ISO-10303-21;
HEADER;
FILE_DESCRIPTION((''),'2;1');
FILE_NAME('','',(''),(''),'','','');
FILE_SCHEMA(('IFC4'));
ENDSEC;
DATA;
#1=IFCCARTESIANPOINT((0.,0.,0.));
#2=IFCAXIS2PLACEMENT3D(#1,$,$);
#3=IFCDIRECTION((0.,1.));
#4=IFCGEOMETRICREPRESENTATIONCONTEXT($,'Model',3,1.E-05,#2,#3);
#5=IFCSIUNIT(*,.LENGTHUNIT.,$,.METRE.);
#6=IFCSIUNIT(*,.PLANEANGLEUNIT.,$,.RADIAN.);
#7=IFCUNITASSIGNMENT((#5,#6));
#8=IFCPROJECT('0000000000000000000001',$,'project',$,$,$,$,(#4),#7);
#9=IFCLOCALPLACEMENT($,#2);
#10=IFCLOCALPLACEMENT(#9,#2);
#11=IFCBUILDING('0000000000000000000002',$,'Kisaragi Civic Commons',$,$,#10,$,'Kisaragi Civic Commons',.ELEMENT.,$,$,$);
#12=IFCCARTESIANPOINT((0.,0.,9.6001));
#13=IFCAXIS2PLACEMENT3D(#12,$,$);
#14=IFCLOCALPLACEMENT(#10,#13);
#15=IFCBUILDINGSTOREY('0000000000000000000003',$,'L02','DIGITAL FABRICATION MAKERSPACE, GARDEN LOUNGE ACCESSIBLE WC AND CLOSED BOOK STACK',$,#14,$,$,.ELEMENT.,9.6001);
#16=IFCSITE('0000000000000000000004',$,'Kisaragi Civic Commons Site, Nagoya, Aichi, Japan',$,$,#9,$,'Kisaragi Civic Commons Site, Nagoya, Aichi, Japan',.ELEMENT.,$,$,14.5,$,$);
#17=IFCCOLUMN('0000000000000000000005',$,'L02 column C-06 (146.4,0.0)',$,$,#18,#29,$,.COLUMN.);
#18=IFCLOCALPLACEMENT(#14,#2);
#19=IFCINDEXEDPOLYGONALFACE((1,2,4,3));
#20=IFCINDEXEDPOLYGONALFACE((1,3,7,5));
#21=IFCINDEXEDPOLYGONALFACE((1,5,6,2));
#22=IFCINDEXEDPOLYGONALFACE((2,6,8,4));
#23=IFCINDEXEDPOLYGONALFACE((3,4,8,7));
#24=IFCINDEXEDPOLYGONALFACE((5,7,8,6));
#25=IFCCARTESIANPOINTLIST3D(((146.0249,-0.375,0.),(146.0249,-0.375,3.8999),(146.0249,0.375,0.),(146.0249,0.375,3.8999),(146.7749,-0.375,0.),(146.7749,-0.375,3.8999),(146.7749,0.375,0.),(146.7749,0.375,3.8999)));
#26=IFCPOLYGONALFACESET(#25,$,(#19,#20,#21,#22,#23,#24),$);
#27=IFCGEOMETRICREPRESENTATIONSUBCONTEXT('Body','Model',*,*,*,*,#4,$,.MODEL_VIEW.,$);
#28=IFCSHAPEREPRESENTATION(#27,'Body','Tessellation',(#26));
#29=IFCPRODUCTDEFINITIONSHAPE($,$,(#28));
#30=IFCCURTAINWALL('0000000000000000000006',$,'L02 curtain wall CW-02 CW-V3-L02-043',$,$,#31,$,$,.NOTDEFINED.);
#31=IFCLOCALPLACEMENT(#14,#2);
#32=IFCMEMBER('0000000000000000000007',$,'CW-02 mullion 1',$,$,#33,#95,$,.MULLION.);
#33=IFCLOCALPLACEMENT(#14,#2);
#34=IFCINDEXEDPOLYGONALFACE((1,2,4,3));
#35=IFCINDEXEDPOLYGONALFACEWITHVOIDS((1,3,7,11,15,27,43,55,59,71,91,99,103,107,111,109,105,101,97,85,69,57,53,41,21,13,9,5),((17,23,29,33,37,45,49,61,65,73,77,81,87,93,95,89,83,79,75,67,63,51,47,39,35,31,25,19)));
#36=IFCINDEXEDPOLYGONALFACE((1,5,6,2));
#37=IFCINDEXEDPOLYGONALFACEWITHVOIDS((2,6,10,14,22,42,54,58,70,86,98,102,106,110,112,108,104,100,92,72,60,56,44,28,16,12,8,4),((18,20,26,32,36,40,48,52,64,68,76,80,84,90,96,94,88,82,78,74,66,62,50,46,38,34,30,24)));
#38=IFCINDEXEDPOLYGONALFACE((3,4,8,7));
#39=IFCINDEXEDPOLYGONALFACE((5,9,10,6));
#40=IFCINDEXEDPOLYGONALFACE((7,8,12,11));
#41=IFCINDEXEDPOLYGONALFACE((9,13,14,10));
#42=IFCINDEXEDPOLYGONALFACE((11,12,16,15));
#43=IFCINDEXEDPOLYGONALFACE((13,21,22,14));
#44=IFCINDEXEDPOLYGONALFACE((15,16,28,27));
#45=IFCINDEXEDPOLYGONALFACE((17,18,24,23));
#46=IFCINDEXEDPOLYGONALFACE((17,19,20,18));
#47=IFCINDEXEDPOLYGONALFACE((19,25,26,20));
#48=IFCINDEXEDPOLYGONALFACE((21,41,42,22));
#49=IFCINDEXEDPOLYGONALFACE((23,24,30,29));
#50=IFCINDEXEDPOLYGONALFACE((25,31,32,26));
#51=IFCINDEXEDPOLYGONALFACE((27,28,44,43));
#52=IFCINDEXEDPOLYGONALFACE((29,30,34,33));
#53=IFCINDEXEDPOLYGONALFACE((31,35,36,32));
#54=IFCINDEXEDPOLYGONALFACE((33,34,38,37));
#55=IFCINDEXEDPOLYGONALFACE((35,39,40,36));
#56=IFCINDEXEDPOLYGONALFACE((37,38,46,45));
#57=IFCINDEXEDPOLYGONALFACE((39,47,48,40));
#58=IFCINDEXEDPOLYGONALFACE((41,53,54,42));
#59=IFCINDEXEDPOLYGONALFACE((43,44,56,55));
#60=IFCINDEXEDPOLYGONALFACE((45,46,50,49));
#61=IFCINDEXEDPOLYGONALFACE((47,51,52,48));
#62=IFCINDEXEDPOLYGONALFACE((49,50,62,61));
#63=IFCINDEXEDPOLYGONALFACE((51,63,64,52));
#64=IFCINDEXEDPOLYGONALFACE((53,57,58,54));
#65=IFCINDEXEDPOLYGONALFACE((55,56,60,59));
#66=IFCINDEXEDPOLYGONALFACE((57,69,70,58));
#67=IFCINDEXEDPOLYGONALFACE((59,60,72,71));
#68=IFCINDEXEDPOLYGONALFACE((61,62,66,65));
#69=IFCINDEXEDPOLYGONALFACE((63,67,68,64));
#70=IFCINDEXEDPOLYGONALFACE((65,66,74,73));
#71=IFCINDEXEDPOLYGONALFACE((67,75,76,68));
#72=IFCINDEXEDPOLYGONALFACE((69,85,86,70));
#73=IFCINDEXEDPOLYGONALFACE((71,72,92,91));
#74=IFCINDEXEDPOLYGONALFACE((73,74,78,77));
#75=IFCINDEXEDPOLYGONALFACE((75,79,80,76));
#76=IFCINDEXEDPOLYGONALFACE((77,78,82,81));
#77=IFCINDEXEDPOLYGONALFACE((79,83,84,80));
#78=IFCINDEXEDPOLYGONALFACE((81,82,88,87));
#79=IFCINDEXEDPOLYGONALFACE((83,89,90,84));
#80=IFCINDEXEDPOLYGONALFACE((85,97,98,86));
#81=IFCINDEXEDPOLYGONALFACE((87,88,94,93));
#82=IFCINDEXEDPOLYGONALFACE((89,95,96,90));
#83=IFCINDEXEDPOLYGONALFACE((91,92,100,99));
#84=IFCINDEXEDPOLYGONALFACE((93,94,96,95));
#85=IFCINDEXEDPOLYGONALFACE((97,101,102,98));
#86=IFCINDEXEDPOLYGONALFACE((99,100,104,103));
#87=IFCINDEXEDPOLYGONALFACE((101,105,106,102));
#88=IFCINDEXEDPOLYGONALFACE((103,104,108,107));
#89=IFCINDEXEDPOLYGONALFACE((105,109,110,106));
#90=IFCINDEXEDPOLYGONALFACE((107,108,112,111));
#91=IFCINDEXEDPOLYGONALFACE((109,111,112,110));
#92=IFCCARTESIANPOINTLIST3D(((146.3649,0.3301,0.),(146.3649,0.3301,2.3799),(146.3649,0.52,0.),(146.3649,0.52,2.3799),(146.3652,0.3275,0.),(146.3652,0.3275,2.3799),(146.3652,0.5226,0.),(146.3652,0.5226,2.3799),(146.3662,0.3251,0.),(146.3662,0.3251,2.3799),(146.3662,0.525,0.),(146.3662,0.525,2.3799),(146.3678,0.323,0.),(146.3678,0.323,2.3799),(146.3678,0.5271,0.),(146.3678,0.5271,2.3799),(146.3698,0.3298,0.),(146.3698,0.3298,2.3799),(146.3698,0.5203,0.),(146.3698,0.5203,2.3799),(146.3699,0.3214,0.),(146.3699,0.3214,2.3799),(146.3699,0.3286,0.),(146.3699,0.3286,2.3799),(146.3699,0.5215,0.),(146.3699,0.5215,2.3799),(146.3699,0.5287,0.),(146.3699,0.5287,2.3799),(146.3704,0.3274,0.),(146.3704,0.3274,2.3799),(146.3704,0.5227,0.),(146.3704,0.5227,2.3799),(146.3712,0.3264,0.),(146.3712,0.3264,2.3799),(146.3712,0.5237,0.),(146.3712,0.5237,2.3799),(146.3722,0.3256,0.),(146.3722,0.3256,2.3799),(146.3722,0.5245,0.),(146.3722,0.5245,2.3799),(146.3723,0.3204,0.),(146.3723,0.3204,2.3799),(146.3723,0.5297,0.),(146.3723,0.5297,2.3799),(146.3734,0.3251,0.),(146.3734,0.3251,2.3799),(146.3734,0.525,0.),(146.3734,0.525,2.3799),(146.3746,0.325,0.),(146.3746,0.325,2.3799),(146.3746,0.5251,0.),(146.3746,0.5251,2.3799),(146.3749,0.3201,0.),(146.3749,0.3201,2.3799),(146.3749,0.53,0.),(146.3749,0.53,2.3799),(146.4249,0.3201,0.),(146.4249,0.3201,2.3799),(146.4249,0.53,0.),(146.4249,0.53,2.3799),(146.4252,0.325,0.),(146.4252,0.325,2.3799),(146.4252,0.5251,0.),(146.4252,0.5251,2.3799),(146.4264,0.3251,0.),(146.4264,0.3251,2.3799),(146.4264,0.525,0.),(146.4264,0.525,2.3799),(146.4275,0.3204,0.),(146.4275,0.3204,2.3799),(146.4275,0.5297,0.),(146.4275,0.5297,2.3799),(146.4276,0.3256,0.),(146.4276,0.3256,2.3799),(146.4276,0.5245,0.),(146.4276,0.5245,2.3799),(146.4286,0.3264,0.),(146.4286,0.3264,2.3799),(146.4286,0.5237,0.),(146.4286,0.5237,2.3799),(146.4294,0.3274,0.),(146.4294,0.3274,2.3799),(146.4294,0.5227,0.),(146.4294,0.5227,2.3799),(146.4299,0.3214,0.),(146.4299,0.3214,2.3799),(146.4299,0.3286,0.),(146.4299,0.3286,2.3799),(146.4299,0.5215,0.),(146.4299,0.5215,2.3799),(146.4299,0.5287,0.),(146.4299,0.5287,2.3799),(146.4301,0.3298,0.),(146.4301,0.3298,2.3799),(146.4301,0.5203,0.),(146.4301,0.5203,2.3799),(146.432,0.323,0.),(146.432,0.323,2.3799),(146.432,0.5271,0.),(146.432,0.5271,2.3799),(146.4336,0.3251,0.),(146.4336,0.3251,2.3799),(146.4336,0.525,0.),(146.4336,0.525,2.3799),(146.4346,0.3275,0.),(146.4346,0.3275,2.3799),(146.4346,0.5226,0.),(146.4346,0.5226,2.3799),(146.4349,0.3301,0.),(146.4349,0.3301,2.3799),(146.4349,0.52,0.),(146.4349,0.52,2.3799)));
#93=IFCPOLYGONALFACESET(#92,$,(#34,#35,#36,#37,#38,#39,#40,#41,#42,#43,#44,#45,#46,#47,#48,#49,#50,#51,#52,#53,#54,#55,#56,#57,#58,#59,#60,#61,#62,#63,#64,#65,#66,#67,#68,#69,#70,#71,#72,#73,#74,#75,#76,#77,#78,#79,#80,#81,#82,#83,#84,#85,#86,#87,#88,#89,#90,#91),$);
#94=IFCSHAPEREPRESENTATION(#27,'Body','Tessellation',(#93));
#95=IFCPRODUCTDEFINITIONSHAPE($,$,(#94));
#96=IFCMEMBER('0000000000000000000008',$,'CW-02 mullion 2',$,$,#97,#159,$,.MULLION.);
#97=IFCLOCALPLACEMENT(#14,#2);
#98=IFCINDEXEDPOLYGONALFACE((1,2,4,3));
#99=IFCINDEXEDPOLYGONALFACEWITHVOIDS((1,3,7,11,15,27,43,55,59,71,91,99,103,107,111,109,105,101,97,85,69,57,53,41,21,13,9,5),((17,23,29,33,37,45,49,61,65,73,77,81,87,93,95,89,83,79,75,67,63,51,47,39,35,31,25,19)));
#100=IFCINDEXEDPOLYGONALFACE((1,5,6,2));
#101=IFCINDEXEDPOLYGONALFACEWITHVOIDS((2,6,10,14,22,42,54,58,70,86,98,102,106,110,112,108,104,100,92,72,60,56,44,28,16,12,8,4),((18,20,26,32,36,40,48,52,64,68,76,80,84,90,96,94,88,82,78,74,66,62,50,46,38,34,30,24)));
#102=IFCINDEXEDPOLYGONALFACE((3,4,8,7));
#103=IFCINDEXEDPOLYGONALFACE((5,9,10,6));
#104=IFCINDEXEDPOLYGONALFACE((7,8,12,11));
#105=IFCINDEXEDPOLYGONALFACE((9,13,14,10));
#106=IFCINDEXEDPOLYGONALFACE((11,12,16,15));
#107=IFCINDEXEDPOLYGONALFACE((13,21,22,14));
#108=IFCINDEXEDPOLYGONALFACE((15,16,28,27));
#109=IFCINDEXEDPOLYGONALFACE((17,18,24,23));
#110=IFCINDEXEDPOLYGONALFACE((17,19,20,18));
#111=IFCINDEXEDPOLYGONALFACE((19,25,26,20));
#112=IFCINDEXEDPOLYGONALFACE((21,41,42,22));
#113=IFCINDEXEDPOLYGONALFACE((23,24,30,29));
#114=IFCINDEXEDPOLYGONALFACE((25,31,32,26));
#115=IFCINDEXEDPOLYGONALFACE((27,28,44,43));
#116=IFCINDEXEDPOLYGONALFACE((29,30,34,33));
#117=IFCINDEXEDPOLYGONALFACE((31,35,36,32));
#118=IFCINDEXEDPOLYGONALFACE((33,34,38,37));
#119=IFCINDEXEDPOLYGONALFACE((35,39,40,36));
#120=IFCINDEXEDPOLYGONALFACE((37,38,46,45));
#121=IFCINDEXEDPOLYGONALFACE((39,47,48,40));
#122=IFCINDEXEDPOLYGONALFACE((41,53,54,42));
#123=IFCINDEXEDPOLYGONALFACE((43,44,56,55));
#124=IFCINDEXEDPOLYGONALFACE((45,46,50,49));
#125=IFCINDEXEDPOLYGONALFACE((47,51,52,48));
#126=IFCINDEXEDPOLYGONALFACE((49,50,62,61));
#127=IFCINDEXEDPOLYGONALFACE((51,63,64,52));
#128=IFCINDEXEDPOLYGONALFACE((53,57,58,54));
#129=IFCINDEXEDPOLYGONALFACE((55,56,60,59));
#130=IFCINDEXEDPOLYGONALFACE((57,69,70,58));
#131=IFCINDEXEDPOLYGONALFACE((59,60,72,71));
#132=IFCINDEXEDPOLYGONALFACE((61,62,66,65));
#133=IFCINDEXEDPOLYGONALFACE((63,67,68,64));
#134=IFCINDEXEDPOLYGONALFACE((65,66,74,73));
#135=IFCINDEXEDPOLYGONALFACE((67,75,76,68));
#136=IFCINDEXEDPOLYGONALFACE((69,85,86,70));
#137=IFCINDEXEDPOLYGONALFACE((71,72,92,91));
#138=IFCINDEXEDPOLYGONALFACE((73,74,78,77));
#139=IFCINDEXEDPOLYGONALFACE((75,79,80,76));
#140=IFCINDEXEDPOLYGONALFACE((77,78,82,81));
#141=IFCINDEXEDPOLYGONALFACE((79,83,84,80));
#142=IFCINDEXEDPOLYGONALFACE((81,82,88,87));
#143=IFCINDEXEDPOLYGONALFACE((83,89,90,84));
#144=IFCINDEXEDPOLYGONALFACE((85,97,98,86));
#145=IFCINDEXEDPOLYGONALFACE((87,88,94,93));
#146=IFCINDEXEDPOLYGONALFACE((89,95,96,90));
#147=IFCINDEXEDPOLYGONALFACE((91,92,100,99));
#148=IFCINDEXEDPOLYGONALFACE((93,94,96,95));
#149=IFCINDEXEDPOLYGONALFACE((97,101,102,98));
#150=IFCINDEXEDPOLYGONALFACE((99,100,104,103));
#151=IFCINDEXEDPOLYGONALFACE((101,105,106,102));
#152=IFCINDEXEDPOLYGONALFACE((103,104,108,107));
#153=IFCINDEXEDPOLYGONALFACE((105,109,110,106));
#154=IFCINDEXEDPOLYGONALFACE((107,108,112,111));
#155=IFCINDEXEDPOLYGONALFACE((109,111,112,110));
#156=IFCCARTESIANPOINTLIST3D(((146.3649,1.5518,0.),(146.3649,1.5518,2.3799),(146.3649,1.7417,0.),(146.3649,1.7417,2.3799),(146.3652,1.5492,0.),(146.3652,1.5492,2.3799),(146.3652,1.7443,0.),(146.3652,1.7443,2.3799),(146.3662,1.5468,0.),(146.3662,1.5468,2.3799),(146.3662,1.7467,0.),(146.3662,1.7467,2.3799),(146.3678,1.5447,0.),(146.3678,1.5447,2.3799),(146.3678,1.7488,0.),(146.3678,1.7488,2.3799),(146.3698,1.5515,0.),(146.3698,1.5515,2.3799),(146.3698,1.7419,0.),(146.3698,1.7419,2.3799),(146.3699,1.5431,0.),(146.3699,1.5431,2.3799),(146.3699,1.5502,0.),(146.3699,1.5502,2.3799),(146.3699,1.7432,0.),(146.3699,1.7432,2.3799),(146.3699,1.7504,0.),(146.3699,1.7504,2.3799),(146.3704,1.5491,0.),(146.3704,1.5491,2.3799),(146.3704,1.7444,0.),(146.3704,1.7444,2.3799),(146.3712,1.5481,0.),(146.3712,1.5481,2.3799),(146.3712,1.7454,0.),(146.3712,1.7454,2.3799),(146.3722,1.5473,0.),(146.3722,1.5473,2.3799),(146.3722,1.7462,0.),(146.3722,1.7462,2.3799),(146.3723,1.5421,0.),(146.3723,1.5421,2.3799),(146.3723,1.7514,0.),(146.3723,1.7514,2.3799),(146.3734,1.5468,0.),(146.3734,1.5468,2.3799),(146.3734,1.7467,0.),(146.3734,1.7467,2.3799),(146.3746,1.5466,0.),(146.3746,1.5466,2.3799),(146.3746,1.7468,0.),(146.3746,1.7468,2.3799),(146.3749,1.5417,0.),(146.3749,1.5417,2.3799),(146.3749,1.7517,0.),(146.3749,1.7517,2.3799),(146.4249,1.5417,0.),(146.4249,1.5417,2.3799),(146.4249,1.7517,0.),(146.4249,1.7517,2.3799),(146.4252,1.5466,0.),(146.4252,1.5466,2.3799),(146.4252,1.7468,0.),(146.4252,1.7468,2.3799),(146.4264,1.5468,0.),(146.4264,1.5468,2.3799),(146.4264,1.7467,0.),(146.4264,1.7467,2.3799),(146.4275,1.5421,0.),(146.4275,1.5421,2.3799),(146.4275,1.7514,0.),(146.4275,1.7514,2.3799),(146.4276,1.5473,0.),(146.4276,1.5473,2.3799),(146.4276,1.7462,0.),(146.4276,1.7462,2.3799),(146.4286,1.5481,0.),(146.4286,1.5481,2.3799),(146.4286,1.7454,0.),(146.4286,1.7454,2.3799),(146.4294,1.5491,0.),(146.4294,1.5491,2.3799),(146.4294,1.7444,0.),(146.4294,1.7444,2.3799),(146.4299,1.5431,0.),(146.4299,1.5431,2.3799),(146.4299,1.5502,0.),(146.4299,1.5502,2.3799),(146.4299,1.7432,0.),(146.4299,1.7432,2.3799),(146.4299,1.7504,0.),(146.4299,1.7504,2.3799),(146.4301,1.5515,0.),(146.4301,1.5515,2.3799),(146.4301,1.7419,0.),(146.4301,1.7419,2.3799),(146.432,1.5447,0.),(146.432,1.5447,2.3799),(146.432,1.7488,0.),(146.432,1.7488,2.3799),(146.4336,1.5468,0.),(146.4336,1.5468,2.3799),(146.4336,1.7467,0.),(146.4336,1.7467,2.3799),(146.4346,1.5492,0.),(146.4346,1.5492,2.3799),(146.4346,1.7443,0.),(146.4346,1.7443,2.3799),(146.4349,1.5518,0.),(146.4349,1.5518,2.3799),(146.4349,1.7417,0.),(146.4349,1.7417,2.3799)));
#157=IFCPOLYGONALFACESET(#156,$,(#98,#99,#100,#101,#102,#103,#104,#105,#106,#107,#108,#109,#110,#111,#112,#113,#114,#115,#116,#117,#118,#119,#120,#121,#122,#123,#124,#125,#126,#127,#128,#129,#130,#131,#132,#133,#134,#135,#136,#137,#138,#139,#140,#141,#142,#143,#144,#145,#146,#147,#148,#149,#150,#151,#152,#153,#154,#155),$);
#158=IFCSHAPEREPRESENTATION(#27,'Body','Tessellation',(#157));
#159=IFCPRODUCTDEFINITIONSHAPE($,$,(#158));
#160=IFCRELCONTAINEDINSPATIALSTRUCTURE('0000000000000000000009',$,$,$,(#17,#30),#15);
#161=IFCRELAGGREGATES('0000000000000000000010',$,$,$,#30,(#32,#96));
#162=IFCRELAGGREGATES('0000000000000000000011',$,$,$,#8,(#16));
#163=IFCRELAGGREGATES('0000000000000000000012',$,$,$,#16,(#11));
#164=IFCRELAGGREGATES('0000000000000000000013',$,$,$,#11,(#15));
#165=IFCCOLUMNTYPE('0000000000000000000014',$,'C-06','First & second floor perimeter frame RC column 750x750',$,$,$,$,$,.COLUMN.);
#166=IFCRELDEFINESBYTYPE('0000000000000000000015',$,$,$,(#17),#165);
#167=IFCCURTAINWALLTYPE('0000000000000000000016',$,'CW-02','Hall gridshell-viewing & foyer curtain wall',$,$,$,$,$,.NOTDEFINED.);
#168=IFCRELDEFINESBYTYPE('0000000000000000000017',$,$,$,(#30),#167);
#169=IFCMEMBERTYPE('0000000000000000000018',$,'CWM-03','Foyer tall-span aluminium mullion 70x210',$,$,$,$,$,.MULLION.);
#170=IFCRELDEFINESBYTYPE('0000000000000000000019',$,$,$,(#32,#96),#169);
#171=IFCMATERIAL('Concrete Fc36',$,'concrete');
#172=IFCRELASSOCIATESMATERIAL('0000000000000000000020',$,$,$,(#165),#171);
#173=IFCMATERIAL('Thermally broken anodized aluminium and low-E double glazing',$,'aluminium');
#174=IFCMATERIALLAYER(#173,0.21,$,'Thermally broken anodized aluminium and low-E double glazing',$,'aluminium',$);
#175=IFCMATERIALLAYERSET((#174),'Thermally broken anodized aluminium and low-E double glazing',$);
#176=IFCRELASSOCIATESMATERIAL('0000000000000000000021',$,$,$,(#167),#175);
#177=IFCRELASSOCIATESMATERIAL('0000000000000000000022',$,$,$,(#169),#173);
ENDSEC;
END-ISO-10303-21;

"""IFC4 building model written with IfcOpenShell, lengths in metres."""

from ifc_helpers import new_model, si_unit, direction, frame, origin, origin_2d, place, context, subcontext, project, spatial, rectangle, hollow_rectangle, extrude, material, layer, layer_set, material_profile, profile_set, type_object, element, aggregate, save


model = new_model("IFC4")

# Units and contexts
model_context = context("Model", 3, precision=1e-05, world=origin(), true_north=direction((0.0, 1.0)))
body_context = subcontext(model_context, "Body", "Model", "MODEL_VIEW")
ifc_project = project(units=[si_unit("LENGTHUNIT", "METRE"), si_unit("PLANEANGLEUNIT", "RADIAN")], contexts=[model_context])

# Site, building, storey
site_placement = place(None, origin())
site = spatial("IfcSite", under=ifc_project, at=site_placement, Name="Kisaragi Civic Commons Site, Nagoya, Aichi, Japan", LongName="Kisaragi Civic Commons Site, Nagoya, Aichi, Japan", CompositionType="ELEMENT", RefElevation=14.5)
building_placement = place(site_placement, origin())
building = spatial("IfcBuilding", under=site, at=building_placement, Name="Kisaragi Civic Commons", LongName="Kisaragi Civic Commons", CompositionType="ELEMENT")
storey_placement = place(building_placement, frame((0.0, 0.0, 9.6001)))
storey = spatial("IfcBuildingStorey", under=building, at=storey_placement, Name="L02", Description="DIGITAL FABRICATION MAKERSPACE, GARDEN LOUNGE ACCESSIBLE WC AND CLOSED BOOK STACK", CompositionType="ELEMENT", Elevation=9.6001)

# Column
ifc_material_1 = material(Name="Concrete Fc36", Category="concrete")
ifc_material_profile_1 = material_profile(ifc_material_1, rectangle(XDim=0.75, YDim=0.75, at=origin_2d()), Name="RC-750x750", Category="concrete")
ifc_profile_set_1 = profile_set([ifc_material_profile_1], Name="Concrete Fc36")
column_type = type_object("IfcColumnType", Name="C-06", Description="First & second floor perimeter frame RC column 750x750", PredefinedType="COLUMN", material=ifc_profile_set_1)
column_placement = place(storey_placement, frame((146.3999, 0.0, 0.0), z_axis=(0.0, 0.0, 1.0), x_axis=(1.0, 0.0, 0.0)))
element("IfcColumn", 1, at=column_placement, inside=storey, type_object=column_type, Name="L02 column C-06 (146.4,0.0)", PredefinedType="COLUMN", context=body_context, shape_type="SweptSolid", body=[
    extrude(rectangle(XDim=0.75, YDim=0.75, at=origin_2d()), origin(), (0.0, 0.0, 1.0), 3.8999),
])

# Curtain wall, members
ifc_material_2 = material(Name="Thermally broken anodized aluminium and low-E double glazing", Category="aluminium")
ifc_layer_1 = layer(ifc_material_2, 0.21, Name="Thermally broken anodized aluminium and low-E double glazing", Category="aluminium")
ifc_layer_set_1 = layer_set([ifc_layer_1], Name="Thermally broken anodized aluminium and low-E double glazing")
curtain_wall_type = type_object("IfcCurtainWallType", Name="CW-02", Description="Hall gridshell-viewing & foyer curtain wall", PredefinedType="NOTDEFINED", material=ifc_layer_set_1)
curtain_wall_1_placement = place(storey_placement, origin())
curtain_wall_1 = element("IfcCurtainWall", 2, at=curtain_wall_1_placement, inside=storey, type_object=curtain_wall_type, Name="L02 curtain wall CW-02 CW-V3-L02-043", PredefinedType="NOTDEFINED")
ifc_material_profile_2 = material_profile(ifc_material_2, hollow_rectangle(XDim=0.0701, YDim=0.21, WallThickness=0.0049, InnerFilletRadius=0.0049, OuterFilletRadius=0.01, at=origin_2d()), Name="CWM-70x210x5", Category="aluminium")
ifc_profile_set_2 = profile_set([ifc_material_profile_2], Name="Thermally broken anodized aluminium and low-E double glazing")
member_type_1 = type_object("IfcMemberType", Name="CWM-03", Description="Foyer tall-span aluminium mullion 70x210", PredefinedType="MULLION", material=ifc_profile_set_2)
member_1_placement = place(storey_placement, frame((146.3999, 0.425, 0.0), z_axis=(0.0, 0.0, 1.0), x_axis=(-1.0, 0.0, 0.0)))
member_1 = element("IfcMember", 3, at=member_1_placement, type_object=member_type_1, Name="CW-02 mullion 1", PredefinedType="MULLION", context=body_context, shape_type="SweptSolid", body=[
    extrude(hollow_rectangle(XDim=0.0701, YDim=0.21, WallThickness=0.0049, InnerFilletRadius=0.0049, OuterFilletRadius=0.01, at=origin_2d()), origin(), (0.0, 0.0, 1.0), 2.3799),
])
member_2_placement = place(storey_placement, frame((146.3999, 1.6467, 0.0), z_axis=(0.0, 0.0, 1.0), x_axis=(-1.0, 0.0, 0.0)))
member_2 = element("IfcMember", 4, at=member_2_placement, type_object=member_type_1, Name="CW-02 mullion 2", PredefinedType="MULLION", context=body_context, shape_type="SweptSolid", body=[
    extrude(hollow_rectangle(XDim=0.0701, YDim=0.21, WallThickness=0.0049, InnerFilletRadius=0.0049, OuterFilletRadius=0.01, at=origin_2d()), origin(), (0.0, 0.0, 1.0), 2.3799),
])

aggregate(curtain_wall_1, [member_1, member_2])

save(model, "model.ifc")
